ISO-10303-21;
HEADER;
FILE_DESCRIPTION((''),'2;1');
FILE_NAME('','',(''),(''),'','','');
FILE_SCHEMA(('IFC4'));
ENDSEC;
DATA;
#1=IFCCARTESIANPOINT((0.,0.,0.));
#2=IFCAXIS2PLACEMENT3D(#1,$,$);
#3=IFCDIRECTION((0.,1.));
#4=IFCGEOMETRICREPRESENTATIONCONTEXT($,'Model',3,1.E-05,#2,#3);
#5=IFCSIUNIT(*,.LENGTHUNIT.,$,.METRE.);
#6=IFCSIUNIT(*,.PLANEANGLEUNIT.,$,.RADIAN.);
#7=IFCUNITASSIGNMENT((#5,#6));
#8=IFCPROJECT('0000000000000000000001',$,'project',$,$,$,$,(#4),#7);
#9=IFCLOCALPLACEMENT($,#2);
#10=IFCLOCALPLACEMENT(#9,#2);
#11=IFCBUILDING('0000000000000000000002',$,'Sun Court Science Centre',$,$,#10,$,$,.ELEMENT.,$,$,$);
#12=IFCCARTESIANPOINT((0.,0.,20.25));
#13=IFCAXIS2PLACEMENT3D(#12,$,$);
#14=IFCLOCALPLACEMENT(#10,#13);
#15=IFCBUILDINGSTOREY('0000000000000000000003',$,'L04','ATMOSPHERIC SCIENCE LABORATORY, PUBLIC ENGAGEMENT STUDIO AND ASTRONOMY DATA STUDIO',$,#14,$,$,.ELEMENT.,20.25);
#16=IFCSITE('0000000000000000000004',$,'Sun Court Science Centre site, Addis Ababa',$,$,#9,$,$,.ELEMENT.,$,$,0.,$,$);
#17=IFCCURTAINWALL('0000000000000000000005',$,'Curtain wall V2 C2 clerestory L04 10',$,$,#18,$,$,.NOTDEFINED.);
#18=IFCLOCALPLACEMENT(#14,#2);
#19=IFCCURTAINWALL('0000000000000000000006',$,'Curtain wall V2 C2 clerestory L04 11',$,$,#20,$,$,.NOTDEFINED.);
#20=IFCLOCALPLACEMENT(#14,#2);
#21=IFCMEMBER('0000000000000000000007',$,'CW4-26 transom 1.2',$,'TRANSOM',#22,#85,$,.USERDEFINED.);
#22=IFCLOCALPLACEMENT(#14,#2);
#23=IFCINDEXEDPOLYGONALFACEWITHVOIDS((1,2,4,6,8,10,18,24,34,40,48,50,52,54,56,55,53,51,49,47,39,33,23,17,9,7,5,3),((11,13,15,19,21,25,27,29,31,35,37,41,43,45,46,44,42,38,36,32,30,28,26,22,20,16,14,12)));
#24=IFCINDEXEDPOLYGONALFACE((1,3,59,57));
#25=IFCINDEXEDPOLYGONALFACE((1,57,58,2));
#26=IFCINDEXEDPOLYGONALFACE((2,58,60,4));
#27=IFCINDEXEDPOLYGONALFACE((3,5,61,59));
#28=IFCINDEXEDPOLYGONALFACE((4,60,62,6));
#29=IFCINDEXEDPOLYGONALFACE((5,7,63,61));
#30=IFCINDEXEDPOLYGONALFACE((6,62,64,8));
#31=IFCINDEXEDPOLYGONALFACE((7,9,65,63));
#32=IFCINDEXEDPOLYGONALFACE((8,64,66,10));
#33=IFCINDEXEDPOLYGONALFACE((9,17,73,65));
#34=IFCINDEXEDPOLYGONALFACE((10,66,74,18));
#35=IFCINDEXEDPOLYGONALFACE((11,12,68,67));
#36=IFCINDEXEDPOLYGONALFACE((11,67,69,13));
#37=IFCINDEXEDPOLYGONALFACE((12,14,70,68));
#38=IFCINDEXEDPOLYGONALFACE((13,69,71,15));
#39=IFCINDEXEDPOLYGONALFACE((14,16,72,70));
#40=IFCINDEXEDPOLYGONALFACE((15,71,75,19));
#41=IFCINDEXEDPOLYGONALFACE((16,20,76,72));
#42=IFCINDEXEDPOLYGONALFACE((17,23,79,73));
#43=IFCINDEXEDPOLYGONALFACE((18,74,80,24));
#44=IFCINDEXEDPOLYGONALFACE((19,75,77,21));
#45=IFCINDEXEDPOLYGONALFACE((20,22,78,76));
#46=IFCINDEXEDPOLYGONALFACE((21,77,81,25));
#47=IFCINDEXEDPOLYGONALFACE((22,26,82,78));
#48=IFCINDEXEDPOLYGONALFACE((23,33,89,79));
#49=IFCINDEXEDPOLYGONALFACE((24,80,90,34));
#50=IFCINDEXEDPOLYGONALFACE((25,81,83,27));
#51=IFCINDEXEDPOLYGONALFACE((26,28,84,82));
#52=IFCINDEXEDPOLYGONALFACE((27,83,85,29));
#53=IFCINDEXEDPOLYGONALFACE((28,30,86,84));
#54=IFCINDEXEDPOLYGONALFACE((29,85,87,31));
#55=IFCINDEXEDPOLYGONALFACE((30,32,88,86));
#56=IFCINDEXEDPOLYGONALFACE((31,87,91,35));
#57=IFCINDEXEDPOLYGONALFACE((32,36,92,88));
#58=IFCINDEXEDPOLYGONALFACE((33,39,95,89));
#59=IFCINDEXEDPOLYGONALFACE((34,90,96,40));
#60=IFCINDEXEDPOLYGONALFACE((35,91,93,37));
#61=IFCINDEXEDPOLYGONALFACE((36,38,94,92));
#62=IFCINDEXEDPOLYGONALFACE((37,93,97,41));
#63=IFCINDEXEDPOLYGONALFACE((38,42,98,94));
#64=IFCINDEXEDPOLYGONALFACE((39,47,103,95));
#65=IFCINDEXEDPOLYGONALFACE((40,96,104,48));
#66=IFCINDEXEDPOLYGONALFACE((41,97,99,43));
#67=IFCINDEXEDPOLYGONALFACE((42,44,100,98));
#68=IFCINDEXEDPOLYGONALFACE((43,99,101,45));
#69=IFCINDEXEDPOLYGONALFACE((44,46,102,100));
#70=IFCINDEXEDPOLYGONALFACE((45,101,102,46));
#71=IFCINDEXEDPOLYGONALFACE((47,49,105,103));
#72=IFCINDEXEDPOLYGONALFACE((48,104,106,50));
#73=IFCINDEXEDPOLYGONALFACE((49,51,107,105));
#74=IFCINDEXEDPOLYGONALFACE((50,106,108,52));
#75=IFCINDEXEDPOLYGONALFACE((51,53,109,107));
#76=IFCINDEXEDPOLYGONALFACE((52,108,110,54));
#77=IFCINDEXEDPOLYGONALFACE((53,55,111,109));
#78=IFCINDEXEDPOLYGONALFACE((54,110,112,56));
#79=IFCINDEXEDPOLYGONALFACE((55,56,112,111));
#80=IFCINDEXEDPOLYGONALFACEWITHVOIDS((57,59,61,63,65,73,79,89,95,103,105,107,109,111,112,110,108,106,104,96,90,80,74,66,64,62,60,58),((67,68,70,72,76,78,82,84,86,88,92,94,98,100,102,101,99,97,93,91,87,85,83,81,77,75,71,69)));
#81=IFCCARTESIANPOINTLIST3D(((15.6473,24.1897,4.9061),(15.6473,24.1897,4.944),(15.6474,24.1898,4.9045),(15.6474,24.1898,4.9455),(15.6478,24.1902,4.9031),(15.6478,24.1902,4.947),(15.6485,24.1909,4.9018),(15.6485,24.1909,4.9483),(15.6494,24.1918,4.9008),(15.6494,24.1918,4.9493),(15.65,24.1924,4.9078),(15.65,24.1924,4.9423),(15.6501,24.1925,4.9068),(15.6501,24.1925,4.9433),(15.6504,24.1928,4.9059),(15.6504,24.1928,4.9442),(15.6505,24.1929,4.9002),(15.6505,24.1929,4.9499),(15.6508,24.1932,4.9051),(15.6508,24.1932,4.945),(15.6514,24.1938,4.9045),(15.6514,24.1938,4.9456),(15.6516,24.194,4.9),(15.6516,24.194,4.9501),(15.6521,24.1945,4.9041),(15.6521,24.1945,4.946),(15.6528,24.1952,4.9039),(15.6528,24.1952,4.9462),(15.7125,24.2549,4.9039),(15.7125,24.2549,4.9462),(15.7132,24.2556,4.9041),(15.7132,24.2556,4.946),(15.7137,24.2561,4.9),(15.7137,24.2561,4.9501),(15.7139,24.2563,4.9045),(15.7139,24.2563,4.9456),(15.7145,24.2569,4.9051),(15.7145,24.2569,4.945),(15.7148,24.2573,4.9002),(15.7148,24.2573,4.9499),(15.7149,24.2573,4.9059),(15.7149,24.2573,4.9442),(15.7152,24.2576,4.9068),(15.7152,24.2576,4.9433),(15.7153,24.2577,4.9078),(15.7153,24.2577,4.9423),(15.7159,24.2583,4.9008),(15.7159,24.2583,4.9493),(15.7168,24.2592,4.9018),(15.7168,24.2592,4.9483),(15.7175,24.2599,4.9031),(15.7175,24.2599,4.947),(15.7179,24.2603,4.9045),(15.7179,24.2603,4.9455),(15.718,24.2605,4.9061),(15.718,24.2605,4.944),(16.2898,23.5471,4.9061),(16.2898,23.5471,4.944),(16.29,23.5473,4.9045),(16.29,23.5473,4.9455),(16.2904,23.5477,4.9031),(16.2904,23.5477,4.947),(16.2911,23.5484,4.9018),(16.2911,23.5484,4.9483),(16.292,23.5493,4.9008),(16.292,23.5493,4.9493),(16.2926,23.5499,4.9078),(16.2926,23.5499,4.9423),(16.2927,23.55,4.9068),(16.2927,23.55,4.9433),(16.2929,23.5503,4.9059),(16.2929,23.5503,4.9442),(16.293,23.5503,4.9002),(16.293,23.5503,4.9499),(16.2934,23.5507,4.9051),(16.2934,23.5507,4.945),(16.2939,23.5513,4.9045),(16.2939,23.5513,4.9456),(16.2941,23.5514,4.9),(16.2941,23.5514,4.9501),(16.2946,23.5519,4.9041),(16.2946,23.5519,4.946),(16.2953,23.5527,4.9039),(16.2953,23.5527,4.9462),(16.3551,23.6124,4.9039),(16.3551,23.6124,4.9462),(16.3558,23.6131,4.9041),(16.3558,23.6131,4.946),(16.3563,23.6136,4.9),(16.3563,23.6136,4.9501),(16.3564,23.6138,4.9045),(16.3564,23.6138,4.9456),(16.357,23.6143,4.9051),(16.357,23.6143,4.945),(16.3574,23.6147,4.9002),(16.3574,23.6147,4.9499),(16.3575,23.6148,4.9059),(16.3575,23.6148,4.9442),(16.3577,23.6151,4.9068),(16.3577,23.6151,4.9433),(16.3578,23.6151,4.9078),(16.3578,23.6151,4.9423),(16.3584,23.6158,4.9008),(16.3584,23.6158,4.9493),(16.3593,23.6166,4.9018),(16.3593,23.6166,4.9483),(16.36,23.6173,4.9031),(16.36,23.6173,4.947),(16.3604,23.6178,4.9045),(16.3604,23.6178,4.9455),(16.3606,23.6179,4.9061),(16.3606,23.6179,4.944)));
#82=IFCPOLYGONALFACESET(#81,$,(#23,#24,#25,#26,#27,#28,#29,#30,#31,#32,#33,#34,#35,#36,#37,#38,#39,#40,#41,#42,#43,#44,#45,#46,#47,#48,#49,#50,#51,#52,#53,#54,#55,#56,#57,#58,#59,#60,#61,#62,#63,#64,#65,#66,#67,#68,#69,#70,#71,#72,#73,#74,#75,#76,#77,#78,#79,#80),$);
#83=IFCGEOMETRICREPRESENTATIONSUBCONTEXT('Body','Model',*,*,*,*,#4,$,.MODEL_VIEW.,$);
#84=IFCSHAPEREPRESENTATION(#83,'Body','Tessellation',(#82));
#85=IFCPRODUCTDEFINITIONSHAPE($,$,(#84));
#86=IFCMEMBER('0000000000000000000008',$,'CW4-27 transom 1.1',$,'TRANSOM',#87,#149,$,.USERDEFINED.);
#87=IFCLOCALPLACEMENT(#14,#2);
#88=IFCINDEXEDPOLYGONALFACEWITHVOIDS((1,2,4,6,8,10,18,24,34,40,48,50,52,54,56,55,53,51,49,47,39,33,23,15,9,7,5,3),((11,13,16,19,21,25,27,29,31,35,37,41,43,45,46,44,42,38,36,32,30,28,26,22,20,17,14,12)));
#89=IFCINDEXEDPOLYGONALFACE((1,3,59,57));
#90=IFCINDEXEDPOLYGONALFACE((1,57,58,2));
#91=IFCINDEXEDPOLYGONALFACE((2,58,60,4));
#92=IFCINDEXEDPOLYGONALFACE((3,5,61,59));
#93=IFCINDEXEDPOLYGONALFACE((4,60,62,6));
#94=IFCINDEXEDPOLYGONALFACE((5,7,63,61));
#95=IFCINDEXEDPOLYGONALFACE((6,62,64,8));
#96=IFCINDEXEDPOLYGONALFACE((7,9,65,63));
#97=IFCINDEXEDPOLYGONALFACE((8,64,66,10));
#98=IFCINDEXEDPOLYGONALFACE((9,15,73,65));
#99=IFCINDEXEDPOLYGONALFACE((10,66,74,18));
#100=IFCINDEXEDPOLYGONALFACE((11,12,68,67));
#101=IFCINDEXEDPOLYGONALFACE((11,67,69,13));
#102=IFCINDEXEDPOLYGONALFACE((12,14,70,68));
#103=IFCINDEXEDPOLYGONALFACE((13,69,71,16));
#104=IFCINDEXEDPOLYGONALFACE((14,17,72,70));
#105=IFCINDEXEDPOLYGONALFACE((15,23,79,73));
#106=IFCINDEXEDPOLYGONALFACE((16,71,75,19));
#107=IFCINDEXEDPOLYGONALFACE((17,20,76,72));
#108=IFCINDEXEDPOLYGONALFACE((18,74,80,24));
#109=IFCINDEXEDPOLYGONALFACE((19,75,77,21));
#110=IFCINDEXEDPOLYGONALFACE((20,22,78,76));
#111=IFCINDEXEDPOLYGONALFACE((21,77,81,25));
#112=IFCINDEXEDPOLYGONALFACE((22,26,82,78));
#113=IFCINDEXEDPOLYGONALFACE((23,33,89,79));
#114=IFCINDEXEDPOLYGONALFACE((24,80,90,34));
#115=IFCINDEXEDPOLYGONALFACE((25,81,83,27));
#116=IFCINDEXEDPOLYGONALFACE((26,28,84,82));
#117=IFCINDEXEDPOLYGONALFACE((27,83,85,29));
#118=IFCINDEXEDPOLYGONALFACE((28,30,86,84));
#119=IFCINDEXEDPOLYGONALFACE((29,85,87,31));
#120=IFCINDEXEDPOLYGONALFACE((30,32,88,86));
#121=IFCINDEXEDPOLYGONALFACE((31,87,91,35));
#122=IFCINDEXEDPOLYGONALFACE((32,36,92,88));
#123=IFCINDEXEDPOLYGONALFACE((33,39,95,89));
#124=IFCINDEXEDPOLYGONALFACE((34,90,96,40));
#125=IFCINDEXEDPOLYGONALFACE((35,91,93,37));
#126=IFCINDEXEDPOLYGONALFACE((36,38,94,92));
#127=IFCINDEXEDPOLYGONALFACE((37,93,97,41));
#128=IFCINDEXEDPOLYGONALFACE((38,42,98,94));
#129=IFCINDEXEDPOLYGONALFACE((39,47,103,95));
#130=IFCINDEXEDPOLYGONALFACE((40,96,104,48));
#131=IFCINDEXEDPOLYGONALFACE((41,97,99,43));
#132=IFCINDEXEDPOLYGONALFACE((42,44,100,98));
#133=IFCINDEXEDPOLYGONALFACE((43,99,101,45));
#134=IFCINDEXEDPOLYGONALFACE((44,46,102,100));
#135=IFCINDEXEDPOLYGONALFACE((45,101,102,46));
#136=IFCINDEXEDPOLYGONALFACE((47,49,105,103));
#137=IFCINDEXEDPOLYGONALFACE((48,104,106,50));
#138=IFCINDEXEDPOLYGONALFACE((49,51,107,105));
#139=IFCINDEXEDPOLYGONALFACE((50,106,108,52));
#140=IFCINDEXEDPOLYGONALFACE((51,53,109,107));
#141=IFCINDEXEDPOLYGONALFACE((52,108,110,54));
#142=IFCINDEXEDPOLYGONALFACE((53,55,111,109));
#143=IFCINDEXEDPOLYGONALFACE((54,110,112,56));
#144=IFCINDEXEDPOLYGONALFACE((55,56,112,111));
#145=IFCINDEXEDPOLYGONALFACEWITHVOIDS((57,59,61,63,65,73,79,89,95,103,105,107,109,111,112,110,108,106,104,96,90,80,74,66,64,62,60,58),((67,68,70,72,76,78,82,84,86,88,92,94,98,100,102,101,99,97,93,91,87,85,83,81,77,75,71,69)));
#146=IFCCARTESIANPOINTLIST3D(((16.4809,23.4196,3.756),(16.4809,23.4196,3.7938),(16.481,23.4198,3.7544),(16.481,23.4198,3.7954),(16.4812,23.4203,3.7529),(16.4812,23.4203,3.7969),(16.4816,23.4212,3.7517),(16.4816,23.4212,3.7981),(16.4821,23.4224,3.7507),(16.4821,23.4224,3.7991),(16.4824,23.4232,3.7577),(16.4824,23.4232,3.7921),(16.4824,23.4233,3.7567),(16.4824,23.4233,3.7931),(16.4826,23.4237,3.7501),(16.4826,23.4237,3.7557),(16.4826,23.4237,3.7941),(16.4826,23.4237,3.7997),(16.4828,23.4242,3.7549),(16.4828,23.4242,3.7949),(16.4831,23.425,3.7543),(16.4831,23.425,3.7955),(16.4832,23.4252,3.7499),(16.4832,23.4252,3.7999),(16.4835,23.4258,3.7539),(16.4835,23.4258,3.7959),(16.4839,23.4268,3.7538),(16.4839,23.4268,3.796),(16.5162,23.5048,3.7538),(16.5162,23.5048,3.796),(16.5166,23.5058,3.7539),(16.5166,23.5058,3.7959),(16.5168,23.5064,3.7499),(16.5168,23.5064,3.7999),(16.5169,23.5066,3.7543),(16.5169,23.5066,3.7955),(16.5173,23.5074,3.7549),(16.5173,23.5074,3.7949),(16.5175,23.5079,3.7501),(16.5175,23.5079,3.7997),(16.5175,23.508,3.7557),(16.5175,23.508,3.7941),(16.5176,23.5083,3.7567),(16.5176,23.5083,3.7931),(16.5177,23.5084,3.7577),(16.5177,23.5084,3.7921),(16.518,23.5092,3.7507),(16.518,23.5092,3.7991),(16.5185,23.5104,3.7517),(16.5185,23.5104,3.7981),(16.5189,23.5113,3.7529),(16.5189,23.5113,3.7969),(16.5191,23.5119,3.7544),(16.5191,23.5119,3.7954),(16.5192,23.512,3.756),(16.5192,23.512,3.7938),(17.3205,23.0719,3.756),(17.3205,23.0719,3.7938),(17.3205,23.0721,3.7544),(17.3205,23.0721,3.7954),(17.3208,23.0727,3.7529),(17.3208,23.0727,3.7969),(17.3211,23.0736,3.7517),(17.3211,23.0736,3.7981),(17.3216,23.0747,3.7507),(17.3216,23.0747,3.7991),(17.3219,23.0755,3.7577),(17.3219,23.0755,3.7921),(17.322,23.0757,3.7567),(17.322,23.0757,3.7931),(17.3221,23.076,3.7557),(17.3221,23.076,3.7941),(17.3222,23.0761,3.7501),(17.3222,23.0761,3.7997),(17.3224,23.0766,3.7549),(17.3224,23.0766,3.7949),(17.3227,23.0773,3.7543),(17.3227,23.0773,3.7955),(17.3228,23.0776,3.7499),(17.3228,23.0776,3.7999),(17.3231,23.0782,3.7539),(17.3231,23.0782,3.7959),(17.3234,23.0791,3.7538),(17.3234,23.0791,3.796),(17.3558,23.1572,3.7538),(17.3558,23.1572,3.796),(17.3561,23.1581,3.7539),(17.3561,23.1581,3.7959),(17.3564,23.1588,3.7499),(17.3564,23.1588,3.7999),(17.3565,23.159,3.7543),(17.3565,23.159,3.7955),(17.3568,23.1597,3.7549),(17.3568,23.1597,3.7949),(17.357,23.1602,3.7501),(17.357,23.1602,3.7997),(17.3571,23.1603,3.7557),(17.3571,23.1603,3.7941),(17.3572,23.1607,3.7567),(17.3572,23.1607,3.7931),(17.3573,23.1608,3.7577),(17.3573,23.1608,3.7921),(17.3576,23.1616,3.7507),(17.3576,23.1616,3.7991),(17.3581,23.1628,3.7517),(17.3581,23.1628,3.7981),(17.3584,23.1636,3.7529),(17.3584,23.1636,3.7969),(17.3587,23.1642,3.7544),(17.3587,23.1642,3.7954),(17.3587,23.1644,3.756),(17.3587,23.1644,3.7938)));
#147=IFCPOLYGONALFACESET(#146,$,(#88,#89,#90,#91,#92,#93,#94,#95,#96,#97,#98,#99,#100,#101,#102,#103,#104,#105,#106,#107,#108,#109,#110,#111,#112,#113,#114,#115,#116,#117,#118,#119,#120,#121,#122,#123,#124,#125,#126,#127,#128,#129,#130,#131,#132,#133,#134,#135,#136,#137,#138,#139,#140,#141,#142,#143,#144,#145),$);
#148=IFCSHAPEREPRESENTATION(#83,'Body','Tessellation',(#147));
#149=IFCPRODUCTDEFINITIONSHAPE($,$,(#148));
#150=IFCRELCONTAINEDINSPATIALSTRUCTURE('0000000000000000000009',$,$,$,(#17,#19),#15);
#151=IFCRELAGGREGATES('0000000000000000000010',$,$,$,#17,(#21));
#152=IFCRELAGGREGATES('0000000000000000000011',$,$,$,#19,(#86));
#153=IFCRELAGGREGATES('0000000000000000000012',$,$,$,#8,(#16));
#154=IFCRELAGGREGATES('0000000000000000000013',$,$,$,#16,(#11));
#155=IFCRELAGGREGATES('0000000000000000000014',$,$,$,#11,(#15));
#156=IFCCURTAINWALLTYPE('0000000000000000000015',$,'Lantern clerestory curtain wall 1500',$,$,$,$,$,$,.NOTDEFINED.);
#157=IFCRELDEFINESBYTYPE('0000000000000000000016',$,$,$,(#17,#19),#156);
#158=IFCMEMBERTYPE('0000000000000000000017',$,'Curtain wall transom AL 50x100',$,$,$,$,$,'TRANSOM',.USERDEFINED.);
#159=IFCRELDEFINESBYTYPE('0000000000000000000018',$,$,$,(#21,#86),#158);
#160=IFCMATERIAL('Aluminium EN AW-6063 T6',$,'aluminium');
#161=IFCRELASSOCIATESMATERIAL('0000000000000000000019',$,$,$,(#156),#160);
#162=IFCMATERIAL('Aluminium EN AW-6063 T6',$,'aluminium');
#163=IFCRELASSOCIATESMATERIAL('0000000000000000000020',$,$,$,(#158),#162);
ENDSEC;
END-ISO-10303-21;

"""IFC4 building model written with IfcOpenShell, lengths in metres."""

from ifc_helpers import new_model, si_unit, direction, frame, origin, origin_2d, place, context, subcontext, project, spatial, hollow_rectangle, extrude, material, material_profile, profile_set, type_object, element, aggregate, save


model = new_model("IFC4")

# Units and contexts
model_context = context("Model", 3, precision=1e-05, world=origin(), true_north=direction((0.0, 1.0)))
body_context = subcontext(model_context, "Body", "Model", "MODEL_VIEW")
ifc_project = project(units=[si_unit("LENGTHUNIT", "METRE"), si_unit("PLANEANGLEUNIT", "RADIAN")], contexts=[model_context])

# Site, building, storey
site_placement = place(None, origin())
site = spatial("IfcSite", under=ifc_project, at=site_placement, Name="Sun Court Science Centre site, Addis Ababa", CompositionType="ELEMENT", RefElevation=0.0)
building_placement = place(site_placement, origin())
building = spatial("IfcBuilding", under=site, at=building_placement, Name="Sun Court Science Centre", CompositionType="ELEMENT")
storey_placement = place(building_placement, frame((0.0, 0.0, 20.25)))
storey = spatial("IfcBuildingStorey", under=building, at=storey_placement, Name="L04", Description="ATMOSPHERIC SCIENCE LABORATORY, PUBLIC ENGAGEMENT STUDIO AND ASTRONOMY DATA STUDIO", CompositionType="ELEMENT", Elevation=20.25)

# Curtain walls
ifc_material_1 = material(Name="Aluminium EN AW-6063 T6", Category="aluminium")
curtain_wall_type = type_object("IfcCurtainWallType", Name="Lantern clerestory curtain wall 1500", PredefinedType="NOTDEFINED", material=ifc_material_1)
curtain_wall_1_placement = place(storey_placement, origin())
curtain_wall_1 = element("IfcCurtainWall", 1, at=curtain_wall_1_placement, inside=storey, type_object=curtain_wall_type, Name="Curtain wall V2 C2 clerestory L04 10", PredefinedType="NOTDEFINED")
curtain_wall_2_placement = place(storey_placement, origin())
curtain_wall_2 = element("IfcCurtainWall", 2, at=curtain_wall_2_placement, inside=storey, type_object=curtain_wall_type, Name="Curtain wall V2 C2 clerestory L04 11", PredefinedType="NOTDEFINED")

# Members
ifc_material_2 = material(Name="Aluminium EN AW-6063 T6", Category="aluminium")
ifc_material_profile_1 = material_profile(ifc_material_2, hollow_rectangle(XDim=0.05, YDim=0.1001, WallThickness=0.0039, InnerFilletRadius=0.0039, OuterFilletRadius=0.0061, at=origin_2d()), Name="AL 50x100x4")
ifc_profile_set_1 = profile_set([ifc_material_profile_1], Name="Aluminium EN AW-6063 T6")
member_type_1 = type_object("IfcMemberType", Name="Curtain wall transom AL 50x100", ElementType="TRANSOM", PredefinedType="USERDEFINED", material=ifc_profile_set_1)
member_1_placement = place(storey_placement, frame((16.3252, 23.5825, 4.925), z_axis=(-0.707107, 0.707107, 0.0), x_axis=(0.0, 0.0, 1.0)))
member_1 = element("IfcMember", 3, at=member_1_placement, type_object=member_type_1, Name="CW4-26 transom 1.2", ObjectType="TRANSOM", PredefinedType="USERDEFINED", context=body_context, shape_type="SweptSolid", body=[
    extrude(hollow_rectangle(XDim=0.05, YDim=0.1001, WallThickness=0.0039, InnerFilletRadius=0.0039, OuterFilletRadius=0.0061, at=origin_2d()), origin(), (0.0, 0.0, 1.0), 0.9087),
])
member_2_placement = place(storey_placement, frame((17.3396, 23.1182, 3.7749), z_axis=(-0.923925, 0.382573, 0.0), x_axis=(0.0, 0.0, 1.0)))
member_2 = element("IfcMember", 4, at=member_2_placement, type_object=member_type_1, Name="CW4-27 transom 1.1", ObjectType="TRANSOM", PredefinedType="USERDEFINED", context=body_context, shape_type="SweptSolid", body=[
    extrude(hollow_rectangle(XDim=0.05, YDim=0.1001, WallThickness=0.0039, InnerFilletRadius=0.0039, OuterFilletRadius=0.0061, at=origin_2d()), origin(), (0.0, 0.0, 1.0), 0.9087),
])

aggregate(curtain_wall_1, [member_1])
aggregate(curtain_wall_2, [member_2])

save(model, "model.ifc")
